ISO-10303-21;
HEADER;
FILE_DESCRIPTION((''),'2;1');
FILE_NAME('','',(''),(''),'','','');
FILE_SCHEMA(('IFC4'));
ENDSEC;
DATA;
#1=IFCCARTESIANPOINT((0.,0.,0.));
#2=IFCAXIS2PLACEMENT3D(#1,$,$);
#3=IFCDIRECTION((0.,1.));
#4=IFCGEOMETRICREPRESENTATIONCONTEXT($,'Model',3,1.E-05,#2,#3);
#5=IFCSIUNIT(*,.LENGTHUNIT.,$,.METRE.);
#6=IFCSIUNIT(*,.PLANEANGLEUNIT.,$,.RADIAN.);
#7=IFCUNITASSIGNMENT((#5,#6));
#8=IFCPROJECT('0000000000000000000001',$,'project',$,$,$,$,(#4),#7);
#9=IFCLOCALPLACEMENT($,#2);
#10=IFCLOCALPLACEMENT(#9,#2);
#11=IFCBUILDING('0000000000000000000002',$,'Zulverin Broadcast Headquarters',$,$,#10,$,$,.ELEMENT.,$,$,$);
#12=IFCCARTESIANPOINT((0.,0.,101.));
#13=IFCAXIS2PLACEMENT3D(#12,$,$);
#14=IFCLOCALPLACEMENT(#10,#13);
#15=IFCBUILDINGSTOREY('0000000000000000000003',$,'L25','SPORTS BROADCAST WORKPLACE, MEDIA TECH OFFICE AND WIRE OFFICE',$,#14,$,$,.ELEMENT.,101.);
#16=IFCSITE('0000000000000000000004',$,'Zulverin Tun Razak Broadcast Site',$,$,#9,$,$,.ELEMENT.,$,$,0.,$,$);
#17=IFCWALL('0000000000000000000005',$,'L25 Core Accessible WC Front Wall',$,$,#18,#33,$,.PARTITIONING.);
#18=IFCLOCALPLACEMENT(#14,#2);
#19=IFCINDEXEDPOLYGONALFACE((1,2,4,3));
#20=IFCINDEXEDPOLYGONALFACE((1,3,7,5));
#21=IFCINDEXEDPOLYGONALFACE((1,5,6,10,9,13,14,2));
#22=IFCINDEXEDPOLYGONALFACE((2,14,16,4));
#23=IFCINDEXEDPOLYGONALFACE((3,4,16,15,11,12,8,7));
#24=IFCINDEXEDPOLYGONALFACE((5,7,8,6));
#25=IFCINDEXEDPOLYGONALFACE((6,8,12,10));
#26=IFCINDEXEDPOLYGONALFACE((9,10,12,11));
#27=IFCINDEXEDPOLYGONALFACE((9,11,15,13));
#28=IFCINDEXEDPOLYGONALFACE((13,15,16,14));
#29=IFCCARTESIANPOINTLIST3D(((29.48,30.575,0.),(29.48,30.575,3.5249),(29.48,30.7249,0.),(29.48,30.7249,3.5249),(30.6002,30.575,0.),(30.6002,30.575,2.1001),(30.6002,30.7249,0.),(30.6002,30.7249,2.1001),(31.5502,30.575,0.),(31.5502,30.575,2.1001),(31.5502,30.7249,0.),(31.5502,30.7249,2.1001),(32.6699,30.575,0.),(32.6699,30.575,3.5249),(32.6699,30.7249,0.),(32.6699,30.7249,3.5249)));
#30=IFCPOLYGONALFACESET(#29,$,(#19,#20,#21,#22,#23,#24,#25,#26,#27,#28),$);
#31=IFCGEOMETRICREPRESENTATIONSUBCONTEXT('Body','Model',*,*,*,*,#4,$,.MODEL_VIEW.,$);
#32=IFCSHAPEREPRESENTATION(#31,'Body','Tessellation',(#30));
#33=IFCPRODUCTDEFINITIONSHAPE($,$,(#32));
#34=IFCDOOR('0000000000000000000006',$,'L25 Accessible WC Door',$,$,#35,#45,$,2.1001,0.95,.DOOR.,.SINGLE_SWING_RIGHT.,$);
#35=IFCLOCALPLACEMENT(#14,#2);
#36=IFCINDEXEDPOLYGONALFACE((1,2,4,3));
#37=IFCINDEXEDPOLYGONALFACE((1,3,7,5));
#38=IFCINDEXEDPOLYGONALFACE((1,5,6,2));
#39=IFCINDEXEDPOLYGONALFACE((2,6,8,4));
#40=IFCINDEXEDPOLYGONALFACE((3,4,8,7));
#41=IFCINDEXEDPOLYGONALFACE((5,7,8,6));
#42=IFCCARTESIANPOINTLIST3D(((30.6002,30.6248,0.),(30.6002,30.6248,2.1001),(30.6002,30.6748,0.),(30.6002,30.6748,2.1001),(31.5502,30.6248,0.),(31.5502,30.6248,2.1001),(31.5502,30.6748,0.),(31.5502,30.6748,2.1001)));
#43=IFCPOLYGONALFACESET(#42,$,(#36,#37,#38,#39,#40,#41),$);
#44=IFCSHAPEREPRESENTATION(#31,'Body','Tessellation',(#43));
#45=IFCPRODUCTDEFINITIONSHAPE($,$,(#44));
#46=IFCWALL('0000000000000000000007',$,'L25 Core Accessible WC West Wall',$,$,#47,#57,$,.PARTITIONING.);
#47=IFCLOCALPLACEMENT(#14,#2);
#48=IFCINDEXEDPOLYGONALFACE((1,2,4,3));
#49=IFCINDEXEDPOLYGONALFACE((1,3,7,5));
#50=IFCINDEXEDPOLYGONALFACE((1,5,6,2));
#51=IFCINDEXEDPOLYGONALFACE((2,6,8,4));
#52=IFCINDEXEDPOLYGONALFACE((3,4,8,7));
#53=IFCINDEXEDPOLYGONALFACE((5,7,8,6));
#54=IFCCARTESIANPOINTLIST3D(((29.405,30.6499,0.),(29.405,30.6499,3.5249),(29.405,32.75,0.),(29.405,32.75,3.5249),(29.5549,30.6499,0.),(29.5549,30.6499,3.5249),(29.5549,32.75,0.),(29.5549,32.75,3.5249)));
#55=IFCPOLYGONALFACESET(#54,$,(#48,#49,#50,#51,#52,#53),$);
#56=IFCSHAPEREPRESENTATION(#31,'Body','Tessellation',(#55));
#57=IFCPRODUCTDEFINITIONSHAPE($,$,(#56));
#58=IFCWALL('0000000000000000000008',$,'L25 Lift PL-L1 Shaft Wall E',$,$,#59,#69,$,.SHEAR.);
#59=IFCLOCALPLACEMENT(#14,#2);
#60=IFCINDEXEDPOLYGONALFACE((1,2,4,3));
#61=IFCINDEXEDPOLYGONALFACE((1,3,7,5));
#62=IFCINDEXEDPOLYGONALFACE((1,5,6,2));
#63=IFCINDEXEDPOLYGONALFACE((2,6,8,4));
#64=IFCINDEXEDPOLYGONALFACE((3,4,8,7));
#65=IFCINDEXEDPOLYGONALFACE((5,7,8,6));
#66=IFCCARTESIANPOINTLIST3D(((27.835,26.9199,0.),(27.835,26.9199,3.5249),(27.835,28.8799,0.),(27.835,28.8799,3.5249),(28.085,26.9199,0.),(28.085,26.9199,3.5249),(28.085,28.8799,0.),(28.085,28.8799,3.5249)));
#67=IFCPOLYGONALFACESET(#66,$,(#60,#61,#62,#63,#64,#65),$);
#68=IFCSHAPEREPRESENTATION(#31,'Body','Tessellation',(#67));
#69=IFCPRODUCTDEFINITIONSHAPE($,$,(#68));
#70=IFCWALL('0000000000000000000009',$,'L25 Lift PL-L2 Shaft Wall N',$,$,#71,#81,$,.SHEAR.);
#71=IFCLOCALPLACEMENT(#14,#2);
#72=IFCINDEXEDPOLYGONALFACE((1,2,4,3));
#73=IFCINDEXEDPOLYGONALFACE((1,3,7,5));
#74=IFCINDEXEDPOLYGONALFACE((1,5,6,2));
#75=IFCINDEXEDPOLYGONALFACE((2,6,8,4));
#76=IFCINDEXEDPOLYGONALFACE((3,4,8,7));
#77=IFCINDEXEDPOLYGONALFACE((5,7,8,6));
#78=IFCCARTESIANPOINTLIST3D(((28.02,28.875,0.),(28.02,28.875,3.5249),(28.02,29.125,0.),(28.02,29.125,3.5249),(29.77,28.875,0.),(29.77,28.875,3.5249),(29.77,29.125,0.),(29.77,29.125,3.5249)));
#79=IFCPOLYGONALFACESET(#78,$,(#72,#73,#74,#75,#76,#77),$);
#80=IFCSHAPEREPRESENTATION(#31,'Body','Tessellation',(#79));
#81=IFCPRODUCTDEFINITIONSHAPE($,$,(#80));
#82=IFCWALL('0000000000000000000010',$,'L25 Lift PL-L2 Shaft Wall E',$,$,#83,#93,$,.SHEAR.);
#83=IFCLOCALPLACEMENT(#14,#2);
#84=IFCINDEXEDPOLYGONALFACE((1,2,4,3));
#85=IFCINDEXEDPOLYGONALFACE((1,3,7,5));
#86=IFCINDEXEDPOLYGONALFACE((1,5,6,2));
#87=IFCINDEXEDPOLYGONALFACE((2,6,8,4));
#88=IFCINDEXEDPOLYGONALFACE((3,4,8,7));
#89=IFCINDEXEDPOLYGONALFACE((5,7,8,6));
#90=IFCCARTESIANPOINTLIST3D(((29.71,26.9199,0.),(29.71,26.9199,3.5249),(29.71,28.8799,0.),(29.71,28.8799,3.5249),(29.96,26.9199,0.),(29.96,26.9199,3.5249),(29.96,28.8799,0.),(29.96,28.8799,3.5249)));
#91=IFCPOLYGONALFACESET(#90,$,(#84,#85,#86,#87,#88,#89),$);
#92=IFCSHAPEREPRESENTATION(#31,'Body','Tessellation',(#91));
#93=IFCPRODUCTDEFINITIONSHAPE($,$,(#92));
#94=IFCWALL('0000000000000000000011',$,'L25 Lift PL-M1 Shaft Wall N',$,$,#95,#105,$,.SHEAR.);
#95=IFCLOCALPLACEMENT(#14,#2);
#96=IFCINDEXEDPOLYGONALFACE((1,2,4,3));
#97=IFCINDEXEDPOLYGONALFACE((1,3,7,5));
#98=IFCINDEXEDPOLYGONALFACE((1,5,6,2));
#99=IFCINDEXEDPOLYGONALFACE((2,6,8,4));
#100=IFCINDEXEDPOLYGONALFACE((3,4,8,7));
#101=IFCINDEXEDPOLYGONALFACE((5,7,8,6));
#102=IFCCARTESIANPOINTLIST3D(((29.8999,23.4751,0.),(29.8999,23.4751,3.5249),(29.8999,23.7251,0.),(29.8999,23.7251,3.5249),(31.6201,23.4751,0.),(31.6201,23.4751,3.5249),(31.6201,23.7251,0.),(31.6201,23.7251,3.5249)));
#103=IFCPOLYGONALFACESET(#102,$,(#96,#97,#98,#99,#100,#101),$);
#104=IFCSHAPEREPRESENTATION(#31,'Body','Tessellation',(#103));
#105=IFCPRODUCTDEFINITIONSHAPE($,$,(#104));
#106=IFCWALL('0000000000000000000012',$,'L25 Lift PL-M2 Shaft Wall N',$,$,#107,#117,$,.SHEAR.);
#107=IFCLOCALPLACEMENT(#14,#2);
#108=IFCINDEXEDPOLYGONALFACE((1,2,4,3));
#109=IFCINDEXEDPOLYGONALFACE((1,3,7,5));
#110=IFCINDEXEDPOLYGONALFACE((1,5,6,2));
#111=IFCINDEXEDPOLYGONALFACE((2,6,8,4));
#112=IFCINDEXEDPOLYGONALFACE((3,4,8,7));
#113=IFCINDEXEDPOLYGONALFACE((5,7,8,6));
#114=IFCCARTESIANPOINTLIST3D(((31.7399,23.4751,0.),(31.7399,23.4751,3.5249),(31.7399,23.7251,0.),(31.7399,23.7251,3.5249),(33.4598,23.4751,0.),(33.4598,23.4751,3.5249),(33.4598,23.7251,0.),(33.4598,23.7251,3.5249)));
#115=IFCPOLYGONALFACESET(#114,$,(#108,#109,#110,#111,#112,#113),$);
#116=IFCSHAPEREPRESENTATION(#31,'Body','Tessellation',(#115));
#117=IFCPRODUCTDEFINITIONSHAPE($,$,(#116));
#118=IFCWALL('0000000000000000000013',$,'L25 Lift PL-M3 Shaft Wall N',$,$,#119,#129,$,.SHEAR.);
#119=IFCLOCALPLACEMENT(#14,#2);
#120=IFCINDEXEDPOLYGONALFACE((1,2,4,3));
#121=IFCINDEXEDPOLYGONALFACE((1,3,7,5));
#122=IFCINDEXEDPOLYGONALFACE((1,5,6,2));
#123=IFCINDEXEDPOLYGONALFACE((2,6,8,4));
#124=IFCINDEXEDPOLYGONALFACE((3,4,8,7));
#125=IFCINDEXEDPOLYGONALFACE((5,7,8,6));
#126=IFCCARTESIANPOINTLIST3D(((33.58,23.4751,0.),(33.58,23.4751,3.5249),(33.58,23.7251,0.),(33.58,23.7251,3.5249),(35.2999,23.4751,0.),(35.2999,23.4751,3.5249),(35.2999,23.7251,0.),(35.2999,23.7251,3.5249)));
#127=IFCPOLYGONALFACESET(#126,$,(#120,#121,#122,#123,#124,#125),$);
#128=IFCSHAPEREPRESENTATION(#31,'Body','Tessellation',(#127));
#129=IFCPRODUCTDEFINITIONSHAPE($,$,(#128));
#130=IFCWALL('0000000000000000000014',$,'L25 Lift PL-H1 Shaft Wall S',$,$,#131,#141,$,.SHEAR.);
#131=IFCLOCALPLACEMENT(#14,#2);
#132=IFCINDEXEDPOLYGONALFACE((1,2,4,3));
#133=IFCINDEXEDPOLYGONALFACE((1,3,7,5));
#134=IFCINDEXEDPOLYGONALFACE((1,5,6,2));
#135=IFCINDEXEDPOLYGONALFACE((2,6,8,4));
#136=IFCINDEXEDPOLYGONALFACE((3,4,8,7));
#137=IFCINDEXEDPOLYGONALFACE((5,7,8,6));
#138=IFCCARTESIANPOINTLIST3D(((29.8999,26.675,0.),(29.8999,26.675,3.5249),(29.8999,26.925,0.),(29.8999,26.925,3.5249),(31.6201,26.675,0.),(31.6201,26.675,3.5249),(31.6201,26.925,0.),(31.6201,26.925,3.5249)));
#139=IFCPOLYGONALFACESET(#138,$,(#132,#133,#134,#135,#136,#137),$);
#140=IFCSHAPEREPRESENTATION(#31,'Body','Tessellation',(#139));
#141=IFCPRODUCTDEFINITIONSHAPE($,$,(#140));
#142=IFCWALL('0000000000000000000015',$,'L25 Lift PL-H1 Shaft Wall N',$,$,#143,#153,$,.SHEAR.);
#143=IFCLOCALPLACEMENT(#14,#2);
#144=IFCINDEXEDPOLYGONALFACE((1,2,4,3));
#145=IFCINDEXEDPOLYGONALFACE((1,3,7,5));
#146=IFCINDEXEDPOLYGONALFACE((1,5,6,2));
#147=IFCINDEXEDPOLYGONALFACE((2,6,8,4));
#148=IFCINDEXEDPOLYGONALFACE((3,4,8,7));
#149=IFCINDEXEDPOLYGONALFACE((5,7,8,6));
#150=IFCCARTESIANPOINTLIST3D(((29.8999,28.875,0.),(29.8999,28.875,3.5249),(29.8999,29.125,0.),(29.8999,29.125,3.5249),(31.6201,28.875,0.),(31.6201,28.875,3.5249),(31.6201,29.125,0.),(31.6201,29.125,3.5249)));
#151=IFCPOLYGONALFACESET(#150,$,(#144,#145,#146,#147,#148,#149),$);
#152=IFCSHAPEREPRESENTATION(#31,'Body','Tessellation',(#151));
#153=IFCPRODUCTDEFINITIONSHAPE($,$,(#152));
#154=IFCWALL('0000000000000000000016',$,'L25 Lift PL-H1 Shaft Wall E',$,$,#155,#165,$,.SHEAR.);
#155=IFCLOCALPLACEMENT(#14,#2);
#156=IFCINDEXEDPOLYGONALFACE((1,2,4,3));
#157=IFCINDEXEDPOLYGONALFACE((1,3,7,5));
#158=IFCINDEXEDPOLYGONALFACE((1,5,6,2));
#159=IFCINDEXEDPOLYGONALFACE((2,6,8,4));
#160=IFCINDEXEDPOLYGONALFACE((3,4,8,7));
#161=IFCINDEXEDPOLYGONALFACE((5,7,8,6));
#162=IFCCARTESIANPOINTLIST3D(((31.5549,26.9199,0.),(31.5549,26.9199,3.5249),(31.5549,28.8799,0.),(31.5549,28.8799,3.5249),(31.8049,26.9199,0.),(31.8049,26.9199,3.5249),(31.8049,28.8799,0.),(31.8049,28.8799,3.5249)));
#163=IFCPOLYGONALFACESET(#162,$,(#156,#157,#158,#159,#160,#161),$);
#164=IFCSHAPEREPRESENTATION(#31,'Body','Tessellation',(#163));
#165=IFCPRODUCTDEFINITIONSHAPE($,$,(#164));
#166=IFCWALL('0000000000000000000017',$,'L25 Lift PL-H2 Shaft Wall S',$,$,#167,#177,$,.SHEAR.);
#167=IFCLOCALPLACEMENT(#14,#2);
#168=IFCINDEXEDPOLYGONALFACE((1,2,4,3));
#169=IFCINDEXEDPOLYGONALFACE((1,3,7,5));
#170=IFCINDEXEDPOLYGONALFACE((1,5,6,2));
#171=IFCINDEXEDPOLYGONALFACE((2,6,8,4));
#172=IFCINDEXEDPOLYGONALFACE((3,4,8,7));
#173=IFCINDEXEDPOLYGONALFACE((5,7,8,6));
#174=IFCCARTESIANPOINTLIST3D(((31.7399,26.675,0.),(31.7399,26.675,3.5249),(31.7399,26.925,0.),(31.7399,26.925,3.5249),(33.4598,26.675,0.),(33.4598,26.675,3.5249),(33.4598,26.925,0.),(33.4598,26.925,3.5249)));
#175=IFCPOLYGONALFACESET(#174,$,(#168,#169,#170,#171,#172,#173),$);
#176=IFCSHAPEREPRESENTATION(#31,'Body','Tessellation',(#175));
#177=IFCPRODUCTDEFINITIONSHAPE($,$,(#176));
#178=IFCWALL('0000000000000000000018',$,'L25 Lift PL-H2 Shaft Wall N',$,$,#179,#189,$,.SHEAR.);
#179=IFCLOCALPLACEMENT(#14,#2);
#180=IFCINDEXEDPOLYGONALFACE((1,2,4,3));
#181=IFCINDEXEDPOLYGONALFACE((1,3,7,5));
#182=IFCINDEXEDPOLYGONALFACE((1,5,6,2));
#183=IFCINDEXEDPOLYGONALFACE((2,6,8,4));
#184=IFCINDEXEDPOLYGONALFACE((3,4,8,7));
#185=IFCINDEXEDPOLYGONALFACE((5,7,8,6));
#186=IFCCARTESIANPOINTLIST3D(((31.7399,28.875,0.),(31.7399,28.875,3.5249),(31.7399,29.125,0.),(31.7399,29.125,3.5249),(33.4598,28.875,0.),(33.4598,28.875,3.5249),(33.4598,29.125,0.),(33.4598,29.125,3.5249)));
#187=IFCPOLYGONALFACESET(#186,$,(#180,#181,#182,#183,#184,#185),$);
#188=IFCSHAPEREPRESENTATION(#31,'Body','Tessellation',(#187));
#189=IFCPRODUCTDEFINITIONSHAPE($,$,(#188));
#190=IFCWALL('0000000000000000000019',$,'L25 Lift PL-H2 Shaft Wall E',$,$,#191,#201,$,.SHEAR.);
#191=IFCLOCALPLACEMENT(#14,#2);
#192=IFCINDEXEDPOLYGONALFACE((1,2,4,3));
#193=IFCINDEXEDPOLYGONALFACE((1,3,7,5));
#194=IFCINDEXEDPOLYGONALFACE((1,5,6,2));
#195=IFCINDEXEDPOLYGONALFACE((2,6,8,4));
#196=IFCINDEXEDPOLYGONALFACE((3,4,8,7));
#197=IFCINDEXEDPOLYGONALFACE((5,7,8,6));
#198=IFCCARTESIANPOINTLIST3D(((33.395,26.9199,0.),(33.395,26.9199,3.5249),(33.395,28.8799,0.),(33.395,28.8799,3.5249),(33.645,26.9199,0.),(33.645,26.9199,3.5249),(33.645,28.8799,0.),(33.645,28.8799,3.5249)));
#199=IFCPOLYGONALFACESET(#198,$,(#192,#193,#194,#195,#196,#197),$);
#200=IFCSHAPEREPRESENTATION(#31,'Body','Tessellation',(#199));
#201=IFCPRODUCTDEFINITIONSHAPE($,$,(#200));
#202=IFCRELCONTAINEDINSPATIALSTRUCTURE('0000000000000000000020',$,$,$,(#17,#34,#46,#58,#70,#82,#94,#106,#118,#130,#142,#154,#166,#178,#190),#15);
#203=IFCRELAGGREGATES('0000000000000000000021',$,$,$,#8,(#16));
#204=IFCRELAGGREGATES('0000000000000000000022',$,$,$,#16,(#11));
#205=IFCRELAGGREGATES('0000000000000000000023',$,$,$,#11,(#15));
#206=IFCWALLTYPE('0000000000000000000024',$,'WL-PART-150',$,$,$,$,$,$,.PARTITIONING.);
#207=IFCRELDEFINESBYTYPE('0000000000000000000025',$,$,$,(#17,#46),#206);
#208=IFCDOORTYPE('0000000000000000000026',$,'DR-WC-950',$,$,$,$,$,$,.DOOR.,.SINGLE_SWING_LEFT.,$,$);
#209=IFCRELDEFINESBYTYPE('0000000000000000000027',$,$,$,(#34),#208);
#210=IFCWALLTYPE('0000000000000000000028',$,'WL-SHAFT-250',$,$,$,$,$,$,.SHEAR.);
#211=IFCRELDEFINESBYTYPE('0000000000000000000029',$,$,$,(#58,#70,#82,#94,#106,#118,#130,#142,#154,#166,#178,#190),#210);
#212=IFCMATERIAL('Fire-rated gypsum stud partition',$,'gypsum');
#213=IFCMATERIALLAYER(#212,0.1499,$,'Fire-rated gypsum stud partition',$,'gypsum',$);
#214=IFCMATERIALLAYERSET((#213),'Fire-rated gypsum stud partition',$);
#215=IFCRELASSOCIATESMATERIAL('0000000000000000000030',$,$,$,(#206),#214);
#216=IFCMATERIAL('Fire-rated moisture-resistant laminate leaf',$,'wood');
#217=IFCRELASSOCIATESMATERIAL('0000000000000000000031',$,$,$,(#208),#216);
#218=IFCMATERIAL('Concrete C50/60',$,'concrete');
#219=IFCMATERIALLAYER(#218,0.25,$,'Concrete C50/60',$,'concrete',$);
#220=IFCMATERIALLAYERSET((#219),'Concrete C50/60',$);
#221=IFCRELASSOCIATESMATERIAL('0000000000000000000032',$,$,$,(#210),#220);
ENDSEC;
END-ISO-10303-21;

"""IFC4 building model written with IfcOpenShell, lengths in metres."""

from ifc_helpers import new_model, si_unit, direction, frame, frame_2d, origin, place, context, subcontext, project, spatial, rectangle, extrude, material, layer, layer_set, type_object, element, fill, save


model = new_model("IFC4")

# Units and contexts
model_context = context("Model", 3, precision=1e-05, world=origin(), true_north=direction((0.0, 1.0)))
body_context = subcontext(model_context, "Body", "Model", "MODEL_VIEW")
ifc_project = project(units=[si_unit("LENGTHUNIT", "METRE"), si_unit("PLANEANGLEUNIT", "RADIAN")], contexts=[model_context])

# Site, building, storey
site_placement = place(None, origin())
site = spatial("IfcSite", under=ifc_project, at=site_placement, Name="Zulverin Tun Razak Broadcast Site", CompositionType="ELEMENT", RefElevation=0.0)
building_placement = place(site_placement, origin())
building = spatial("IfcBuilding", under=site, at=building_placement, Name="Zulverin Broadcast Headquarters", CompositionType="ELEMENT")
storey_placement = place(building_placement, frame((0.0, 0.0, 101.0)))
storey = spatial("IfcBuildingStorey", under=building, at=storey_placement, Name="L25", Description="SPORTS BROADCAST WORKPLACE, MEDIA TECH OFFICE AND WIRE OFFICE", CompositionType="ELEMENT", Elevation=101.0)

# Wall, opening, door
ifc_material_1 = material(Name="Fire-rated gypsum stud partition", Category="gypsum")
ifc_layer_1 = layer(ifc_material_1, 0.1499, Name="Fire-rated gypsum stud partition", Category="gypsum")
ifc_layer_set_1 = layer_set([ifc_layer_1], Name="Fire-rated gypsum stud partition")
wall_type_1 = type_object("IfcWallType", Name="WL-PART-150", PredefinedType="PARTITIONING", material=ifc_layer_set_1)
wall_1_placement = place(storey_placement, frame((29.48, 30.6499, 0.0), z_axis=(0.0, 0.0, 1.0), x_axis=(1.0, 0.0, 0.0)))
wall_1 = element("IfcWall", 1, at=wall_1_placement, inside=storey, type_object=wall_type_1, Name="L25 Core Accessible WC Front Wall", PredefinedType="PARTITIONING", context=body_context, shape_type="SweptSolid", body=[
    extrude(rectangle(XDim=3.1899, YDim=0.1499, at=frame_2d((1.595, 0.0))), origin(), (0.0, 0.0, 1.0), 3.5249),
])
opening_1_placement = place(wall_1_placement, frame((1.1201, 0.0, 0.0)))
opening_1 = element("IfcOpeningElement", 2, at=opening_1_placement, cuts=wall_1, PredefinedType="OPENING", context=body_context, shape_type="SweptSolid", body=[
    extrude(rectangle(XDim=0.95, YDim=2.1001, at=frame_2d((0.4751, 1.05))), frame((0.0, 0.085, 0.0), z_axis=(0.0, -1.0, 0.0), x_axis=(1.0, 0.0, 0.0)), (0.0, 0.0, 1.0), 0.1699),
])
ifc_material_2 = material(Name="Fire-rated moisture-resistant laminate leaf", Category="wood")
door_type_1 = type_object("IfcDoorType", Name="DR-WC-950", OperationType="SINGLE_SWING_LEFT", PredefinedType="DOOR", material=ifc_material_2)
door_1_placement = place(opening_1_placement, origin())
door_1 = element("IfcDoor", 3, at=door_1_placement, inside=storey, type_object=door_type_1, Name="L25 Accessible WC Door", OperationType="SINGLE_SWING_RIGHT", OverallHeight=2.1001, OverallWidth=0.95, PredefinedType="DOOR", context=body_context, shape_type="SweptSolid", body=[
    extrude(rectangle(XDim=0.95, YDim=2.1001, at=frame_2d((0.4751, 1.05))), frame((0.0, 0.0249, 0.0), z_axis=(0.0, -1.0, 0.0), x_axis=(1.0, 0.0, 0.0)), (0.0, 0.0, 1.0), 0.05),
])
fill(opening_1, door_1)

# Walls
wall_2_placement = place(storey_placement, frame((29.48, 30.6499, 0.0), z_axis=(0.0, 0.0, 1.0), x_axis=(0.0, 1.0, 0.0)))
element("IfcWall", 4, at=wall_2_placement, inside=storey, type_object=wall_type_1, Name="L25 Core Accessible WC West Wall", PredefinedType="PARTITIONING", context=body_context, shape_type="SweptSolid", body=[
    extrude(rectangle(XDim=2.1001, YDim=0.1499, at=frame_2d((1.05, 0.0))), origin(), (0.0, 0.0, 1.0), 3.5249),
])
ifc_material_3 = material(Name="Concrete C50/60", Category="concrete")
ifc_layer_2 = layer(ifc_material_3, 0.25, Name="Concrete C50/60", Category="concrete")
ifc_layer_set_2 = layer_set([ifc_layer_2], Name="Concrete C50/60")
wall_type_2 = type_object("IfcWallType", Name="WL-SHAFT-250", PredefinedType="SHEAR", material=ifc_layer_set_2)
wall_3_placement = place(storey_placement, frame((27.96, 26.9199, 0.0), z_axis=(0.0, 0.0, 1.0), x_axis=(0.0, 1.0, 0.0)))
element("IfcWall", 5, at=wall_3_placement, inside=storey, type_object=wall_type_2, Name="L25 Lift PL-L1 Shaft Wall E", PredefinedType="SHEAR", context=body_context, shape_type="SweptSolid", body=[
    extrude(rectangle(XDim=1.96, YDim=0.25, at=frame_2d((0.98, 0.0))), origin(), (0.0, 0.0, 1.0), 3.5249),
])

# Walls
wall_4_placement = place(storey_placement, frame((28.02, 29.0, 0.0), z_axis=(0.0, 0.0, 1.0), x_axis=(1.0, 0.0, 0.0)))
element("IfcWall", 6, at=wall_4_placement, inside=storey, type_object=wall_type_2, Name="L25 Lift PL-L2 Shaft Wall N", PredefinedType="SHEAR", context=body_context, shape_type="SweptSolid", body=[
    extrude(rectangle(XDim=1.75, YDim=0.25, at=frame_2d((0.875, 0.0))), origin(), (0.0, 0.0, 1.0), 3.5249),
])
wall_5_placement = place(storey_placement, frame((29.835, 26.9199, 0.0), z_axis=(0.0, 0.0, 1.0), x_axis=(0.0, 1.0, 0.0)))
element("IfcWall", 7, at=wall_5_placement, inside=storey, type_object=wall_type_2, Name="L25 Lift PL-L2 Shaft Wall E", PredefinedType="SHEAR", context=body_context, shape_type="SweptSolid", body=[
    extrude(rectangle(XDim=1.96, YDim=0.25, at=frame_2d((0.98, 0.0))), origin(), (0.0, 0.0, 1.0), 3.5249),
])
wall_6_placement = place(storey_placement, frame((29.8999, 23.6001, 0.0), z_axis=(0.0, 0.0, 1.0), x_axis=(1.0, 0.0, 0.0)))
element("IfcWall", 8, at=wall_6_placement, inside=storey, type_object=wall_type_2, Name="L25 Lift PL-M1 Shaft Wall N", PredefinedType="SHEAR", context=body_context, shape_type="SweptSolid", body=[
    extrude(rectangle(XDim=1.7202, YDim=0.25, at=frame_2d((0.8601, 0.0))), origin(), (0.0, 0.0, 1.0), 3.5249),
])
for number, where, z_axis, x_axis, name in (
    (9, (31.74, 23.6001, 0.0), (0.0, 0.0, 1.0), (1.0, 0.0, 0.0), "L25 Lift PL-M2 Shaft Wall N"),
    (10, (33.5801, 23.6001, 0.0), (0.0, 0.0, 1.0), (1.0, 0.0, 0.0), "L25 Lift PL-M3 Shaft Wall N"),
):
    element("IfcWall", number, at=place(storey_placement, frame(where, z_axis=z_axis, x_axis=x_axis)), inside=storey, type_object=wall_type_2, Name=name, PredefinedType="SHEAR", context=body_context, shape_type="SweptSolid", body=[
        extrude(rectangle(XDim=1.72, YDim=0.25, at=frame_2d((0.8599, 0.0))), origin(), (0.0, 0.0, 1.0), 3.5249),
    ])
for number, where, z_axis, x_axis, name in (
    (11, (29.8999, 26.8, 0.0), (0.0, 0.0, 1.0), (1.0, 0.0, 0.0), "L25 Lift PL-H1 Shaft Wall S"),
    (12, (29.8999, 29.0, 0.0), (0.0, 0.0, 1.0), (1.0, 0.0, 0.0), "L25 Lift PL-H1 Shaft Wall N"),
):
    element("IfcWall", number, at=place(storey_placement, frame(where, z_axis=z_axis, x_axis=x_axis)), inside=storey, type_object=wall_type_2, Name=name, PredefinedType="SHEAR", context=body_context, shape_type="SweptSolid", body=[
        extrude(rectangle(XDim=1.7202, YDim=0.25, at=frame_2d((0.8601, 0.0))), origin(), (0.0, 0.0, 1.0), 3.5249),
    ])
wall_7_placement = place(storey_placement, frame((31.6799, 26.9199, 0.0), z_axis=(0.0, 0.0, 1.0), x_axis=(0.0, 1.0, 0.0)))
element("IfcWall", 13, at=wall_7_placement, inside=storey, type_object=wall_type_2, Name="L25 Lift PL-H1 Shaft Wall E", PredefinedType="SHEAR", context=body_context, shape_type="SweptSolid", body=[
    extrude(rectangle(XDim=1.96, YDim=0.25, at=frame_2d((0.98, 0.0))), origin(), (0.0, 0.0, 1.0), 3.5249),
])
for number, where, z_axis, x_axis, name in (
    (14, (31.74, 26.8, 0.0), (0.0, 0.0, 1.0), (1.0, 0.0, 0.0), "L25 Lift PL-H2 Shaft Wall S"),
    (15, (31.74, 29.0, 0.0), (0.0, 0.0, 1.0), (1.0, 0.0, 0.0), "L25 Lift PL-H2 Shaft Wall N"),
):
    element("IfcWall", number, at=place(storey_placement, frame(where, z_axis=z_axis, x_axis=x_axis)), inside=storey, type_object=wall_type_2, Name=name, PredefinedType="SHEAR", context=body_context, shape_type="SweptSolid", body=[
        extrude(rectangle(XDim=1.72, YDim=0.25, at=frame_2d((0.8599, 0.0))), origin(), (0.0, 0.0, 1.0), 3.5249),
    ])
wall_8_placement = place(storey_placement, frame((33.52, 26.9199, 0.0), z_axis=(0.0, 0.0, 1.0), x_axis=(0.0, 1.0, 0.0)))
element("IfcWall", 16, at=wall_8_placement, inside=storey, type_object=wall_type_2, Name="L25 Lift PL-H2 Shaft Wall E", PredefinedType="SHEAR", context=body_context, shape_type="SweptSolid", body=[
    extrude(rectangle(XDim=1.96, YDim=0.25, at=frame_2d((0.98, 0.0))), origin(), (0.0, 0.0, 1.0), 3.5249),
])

save(model, "model.ifc")
